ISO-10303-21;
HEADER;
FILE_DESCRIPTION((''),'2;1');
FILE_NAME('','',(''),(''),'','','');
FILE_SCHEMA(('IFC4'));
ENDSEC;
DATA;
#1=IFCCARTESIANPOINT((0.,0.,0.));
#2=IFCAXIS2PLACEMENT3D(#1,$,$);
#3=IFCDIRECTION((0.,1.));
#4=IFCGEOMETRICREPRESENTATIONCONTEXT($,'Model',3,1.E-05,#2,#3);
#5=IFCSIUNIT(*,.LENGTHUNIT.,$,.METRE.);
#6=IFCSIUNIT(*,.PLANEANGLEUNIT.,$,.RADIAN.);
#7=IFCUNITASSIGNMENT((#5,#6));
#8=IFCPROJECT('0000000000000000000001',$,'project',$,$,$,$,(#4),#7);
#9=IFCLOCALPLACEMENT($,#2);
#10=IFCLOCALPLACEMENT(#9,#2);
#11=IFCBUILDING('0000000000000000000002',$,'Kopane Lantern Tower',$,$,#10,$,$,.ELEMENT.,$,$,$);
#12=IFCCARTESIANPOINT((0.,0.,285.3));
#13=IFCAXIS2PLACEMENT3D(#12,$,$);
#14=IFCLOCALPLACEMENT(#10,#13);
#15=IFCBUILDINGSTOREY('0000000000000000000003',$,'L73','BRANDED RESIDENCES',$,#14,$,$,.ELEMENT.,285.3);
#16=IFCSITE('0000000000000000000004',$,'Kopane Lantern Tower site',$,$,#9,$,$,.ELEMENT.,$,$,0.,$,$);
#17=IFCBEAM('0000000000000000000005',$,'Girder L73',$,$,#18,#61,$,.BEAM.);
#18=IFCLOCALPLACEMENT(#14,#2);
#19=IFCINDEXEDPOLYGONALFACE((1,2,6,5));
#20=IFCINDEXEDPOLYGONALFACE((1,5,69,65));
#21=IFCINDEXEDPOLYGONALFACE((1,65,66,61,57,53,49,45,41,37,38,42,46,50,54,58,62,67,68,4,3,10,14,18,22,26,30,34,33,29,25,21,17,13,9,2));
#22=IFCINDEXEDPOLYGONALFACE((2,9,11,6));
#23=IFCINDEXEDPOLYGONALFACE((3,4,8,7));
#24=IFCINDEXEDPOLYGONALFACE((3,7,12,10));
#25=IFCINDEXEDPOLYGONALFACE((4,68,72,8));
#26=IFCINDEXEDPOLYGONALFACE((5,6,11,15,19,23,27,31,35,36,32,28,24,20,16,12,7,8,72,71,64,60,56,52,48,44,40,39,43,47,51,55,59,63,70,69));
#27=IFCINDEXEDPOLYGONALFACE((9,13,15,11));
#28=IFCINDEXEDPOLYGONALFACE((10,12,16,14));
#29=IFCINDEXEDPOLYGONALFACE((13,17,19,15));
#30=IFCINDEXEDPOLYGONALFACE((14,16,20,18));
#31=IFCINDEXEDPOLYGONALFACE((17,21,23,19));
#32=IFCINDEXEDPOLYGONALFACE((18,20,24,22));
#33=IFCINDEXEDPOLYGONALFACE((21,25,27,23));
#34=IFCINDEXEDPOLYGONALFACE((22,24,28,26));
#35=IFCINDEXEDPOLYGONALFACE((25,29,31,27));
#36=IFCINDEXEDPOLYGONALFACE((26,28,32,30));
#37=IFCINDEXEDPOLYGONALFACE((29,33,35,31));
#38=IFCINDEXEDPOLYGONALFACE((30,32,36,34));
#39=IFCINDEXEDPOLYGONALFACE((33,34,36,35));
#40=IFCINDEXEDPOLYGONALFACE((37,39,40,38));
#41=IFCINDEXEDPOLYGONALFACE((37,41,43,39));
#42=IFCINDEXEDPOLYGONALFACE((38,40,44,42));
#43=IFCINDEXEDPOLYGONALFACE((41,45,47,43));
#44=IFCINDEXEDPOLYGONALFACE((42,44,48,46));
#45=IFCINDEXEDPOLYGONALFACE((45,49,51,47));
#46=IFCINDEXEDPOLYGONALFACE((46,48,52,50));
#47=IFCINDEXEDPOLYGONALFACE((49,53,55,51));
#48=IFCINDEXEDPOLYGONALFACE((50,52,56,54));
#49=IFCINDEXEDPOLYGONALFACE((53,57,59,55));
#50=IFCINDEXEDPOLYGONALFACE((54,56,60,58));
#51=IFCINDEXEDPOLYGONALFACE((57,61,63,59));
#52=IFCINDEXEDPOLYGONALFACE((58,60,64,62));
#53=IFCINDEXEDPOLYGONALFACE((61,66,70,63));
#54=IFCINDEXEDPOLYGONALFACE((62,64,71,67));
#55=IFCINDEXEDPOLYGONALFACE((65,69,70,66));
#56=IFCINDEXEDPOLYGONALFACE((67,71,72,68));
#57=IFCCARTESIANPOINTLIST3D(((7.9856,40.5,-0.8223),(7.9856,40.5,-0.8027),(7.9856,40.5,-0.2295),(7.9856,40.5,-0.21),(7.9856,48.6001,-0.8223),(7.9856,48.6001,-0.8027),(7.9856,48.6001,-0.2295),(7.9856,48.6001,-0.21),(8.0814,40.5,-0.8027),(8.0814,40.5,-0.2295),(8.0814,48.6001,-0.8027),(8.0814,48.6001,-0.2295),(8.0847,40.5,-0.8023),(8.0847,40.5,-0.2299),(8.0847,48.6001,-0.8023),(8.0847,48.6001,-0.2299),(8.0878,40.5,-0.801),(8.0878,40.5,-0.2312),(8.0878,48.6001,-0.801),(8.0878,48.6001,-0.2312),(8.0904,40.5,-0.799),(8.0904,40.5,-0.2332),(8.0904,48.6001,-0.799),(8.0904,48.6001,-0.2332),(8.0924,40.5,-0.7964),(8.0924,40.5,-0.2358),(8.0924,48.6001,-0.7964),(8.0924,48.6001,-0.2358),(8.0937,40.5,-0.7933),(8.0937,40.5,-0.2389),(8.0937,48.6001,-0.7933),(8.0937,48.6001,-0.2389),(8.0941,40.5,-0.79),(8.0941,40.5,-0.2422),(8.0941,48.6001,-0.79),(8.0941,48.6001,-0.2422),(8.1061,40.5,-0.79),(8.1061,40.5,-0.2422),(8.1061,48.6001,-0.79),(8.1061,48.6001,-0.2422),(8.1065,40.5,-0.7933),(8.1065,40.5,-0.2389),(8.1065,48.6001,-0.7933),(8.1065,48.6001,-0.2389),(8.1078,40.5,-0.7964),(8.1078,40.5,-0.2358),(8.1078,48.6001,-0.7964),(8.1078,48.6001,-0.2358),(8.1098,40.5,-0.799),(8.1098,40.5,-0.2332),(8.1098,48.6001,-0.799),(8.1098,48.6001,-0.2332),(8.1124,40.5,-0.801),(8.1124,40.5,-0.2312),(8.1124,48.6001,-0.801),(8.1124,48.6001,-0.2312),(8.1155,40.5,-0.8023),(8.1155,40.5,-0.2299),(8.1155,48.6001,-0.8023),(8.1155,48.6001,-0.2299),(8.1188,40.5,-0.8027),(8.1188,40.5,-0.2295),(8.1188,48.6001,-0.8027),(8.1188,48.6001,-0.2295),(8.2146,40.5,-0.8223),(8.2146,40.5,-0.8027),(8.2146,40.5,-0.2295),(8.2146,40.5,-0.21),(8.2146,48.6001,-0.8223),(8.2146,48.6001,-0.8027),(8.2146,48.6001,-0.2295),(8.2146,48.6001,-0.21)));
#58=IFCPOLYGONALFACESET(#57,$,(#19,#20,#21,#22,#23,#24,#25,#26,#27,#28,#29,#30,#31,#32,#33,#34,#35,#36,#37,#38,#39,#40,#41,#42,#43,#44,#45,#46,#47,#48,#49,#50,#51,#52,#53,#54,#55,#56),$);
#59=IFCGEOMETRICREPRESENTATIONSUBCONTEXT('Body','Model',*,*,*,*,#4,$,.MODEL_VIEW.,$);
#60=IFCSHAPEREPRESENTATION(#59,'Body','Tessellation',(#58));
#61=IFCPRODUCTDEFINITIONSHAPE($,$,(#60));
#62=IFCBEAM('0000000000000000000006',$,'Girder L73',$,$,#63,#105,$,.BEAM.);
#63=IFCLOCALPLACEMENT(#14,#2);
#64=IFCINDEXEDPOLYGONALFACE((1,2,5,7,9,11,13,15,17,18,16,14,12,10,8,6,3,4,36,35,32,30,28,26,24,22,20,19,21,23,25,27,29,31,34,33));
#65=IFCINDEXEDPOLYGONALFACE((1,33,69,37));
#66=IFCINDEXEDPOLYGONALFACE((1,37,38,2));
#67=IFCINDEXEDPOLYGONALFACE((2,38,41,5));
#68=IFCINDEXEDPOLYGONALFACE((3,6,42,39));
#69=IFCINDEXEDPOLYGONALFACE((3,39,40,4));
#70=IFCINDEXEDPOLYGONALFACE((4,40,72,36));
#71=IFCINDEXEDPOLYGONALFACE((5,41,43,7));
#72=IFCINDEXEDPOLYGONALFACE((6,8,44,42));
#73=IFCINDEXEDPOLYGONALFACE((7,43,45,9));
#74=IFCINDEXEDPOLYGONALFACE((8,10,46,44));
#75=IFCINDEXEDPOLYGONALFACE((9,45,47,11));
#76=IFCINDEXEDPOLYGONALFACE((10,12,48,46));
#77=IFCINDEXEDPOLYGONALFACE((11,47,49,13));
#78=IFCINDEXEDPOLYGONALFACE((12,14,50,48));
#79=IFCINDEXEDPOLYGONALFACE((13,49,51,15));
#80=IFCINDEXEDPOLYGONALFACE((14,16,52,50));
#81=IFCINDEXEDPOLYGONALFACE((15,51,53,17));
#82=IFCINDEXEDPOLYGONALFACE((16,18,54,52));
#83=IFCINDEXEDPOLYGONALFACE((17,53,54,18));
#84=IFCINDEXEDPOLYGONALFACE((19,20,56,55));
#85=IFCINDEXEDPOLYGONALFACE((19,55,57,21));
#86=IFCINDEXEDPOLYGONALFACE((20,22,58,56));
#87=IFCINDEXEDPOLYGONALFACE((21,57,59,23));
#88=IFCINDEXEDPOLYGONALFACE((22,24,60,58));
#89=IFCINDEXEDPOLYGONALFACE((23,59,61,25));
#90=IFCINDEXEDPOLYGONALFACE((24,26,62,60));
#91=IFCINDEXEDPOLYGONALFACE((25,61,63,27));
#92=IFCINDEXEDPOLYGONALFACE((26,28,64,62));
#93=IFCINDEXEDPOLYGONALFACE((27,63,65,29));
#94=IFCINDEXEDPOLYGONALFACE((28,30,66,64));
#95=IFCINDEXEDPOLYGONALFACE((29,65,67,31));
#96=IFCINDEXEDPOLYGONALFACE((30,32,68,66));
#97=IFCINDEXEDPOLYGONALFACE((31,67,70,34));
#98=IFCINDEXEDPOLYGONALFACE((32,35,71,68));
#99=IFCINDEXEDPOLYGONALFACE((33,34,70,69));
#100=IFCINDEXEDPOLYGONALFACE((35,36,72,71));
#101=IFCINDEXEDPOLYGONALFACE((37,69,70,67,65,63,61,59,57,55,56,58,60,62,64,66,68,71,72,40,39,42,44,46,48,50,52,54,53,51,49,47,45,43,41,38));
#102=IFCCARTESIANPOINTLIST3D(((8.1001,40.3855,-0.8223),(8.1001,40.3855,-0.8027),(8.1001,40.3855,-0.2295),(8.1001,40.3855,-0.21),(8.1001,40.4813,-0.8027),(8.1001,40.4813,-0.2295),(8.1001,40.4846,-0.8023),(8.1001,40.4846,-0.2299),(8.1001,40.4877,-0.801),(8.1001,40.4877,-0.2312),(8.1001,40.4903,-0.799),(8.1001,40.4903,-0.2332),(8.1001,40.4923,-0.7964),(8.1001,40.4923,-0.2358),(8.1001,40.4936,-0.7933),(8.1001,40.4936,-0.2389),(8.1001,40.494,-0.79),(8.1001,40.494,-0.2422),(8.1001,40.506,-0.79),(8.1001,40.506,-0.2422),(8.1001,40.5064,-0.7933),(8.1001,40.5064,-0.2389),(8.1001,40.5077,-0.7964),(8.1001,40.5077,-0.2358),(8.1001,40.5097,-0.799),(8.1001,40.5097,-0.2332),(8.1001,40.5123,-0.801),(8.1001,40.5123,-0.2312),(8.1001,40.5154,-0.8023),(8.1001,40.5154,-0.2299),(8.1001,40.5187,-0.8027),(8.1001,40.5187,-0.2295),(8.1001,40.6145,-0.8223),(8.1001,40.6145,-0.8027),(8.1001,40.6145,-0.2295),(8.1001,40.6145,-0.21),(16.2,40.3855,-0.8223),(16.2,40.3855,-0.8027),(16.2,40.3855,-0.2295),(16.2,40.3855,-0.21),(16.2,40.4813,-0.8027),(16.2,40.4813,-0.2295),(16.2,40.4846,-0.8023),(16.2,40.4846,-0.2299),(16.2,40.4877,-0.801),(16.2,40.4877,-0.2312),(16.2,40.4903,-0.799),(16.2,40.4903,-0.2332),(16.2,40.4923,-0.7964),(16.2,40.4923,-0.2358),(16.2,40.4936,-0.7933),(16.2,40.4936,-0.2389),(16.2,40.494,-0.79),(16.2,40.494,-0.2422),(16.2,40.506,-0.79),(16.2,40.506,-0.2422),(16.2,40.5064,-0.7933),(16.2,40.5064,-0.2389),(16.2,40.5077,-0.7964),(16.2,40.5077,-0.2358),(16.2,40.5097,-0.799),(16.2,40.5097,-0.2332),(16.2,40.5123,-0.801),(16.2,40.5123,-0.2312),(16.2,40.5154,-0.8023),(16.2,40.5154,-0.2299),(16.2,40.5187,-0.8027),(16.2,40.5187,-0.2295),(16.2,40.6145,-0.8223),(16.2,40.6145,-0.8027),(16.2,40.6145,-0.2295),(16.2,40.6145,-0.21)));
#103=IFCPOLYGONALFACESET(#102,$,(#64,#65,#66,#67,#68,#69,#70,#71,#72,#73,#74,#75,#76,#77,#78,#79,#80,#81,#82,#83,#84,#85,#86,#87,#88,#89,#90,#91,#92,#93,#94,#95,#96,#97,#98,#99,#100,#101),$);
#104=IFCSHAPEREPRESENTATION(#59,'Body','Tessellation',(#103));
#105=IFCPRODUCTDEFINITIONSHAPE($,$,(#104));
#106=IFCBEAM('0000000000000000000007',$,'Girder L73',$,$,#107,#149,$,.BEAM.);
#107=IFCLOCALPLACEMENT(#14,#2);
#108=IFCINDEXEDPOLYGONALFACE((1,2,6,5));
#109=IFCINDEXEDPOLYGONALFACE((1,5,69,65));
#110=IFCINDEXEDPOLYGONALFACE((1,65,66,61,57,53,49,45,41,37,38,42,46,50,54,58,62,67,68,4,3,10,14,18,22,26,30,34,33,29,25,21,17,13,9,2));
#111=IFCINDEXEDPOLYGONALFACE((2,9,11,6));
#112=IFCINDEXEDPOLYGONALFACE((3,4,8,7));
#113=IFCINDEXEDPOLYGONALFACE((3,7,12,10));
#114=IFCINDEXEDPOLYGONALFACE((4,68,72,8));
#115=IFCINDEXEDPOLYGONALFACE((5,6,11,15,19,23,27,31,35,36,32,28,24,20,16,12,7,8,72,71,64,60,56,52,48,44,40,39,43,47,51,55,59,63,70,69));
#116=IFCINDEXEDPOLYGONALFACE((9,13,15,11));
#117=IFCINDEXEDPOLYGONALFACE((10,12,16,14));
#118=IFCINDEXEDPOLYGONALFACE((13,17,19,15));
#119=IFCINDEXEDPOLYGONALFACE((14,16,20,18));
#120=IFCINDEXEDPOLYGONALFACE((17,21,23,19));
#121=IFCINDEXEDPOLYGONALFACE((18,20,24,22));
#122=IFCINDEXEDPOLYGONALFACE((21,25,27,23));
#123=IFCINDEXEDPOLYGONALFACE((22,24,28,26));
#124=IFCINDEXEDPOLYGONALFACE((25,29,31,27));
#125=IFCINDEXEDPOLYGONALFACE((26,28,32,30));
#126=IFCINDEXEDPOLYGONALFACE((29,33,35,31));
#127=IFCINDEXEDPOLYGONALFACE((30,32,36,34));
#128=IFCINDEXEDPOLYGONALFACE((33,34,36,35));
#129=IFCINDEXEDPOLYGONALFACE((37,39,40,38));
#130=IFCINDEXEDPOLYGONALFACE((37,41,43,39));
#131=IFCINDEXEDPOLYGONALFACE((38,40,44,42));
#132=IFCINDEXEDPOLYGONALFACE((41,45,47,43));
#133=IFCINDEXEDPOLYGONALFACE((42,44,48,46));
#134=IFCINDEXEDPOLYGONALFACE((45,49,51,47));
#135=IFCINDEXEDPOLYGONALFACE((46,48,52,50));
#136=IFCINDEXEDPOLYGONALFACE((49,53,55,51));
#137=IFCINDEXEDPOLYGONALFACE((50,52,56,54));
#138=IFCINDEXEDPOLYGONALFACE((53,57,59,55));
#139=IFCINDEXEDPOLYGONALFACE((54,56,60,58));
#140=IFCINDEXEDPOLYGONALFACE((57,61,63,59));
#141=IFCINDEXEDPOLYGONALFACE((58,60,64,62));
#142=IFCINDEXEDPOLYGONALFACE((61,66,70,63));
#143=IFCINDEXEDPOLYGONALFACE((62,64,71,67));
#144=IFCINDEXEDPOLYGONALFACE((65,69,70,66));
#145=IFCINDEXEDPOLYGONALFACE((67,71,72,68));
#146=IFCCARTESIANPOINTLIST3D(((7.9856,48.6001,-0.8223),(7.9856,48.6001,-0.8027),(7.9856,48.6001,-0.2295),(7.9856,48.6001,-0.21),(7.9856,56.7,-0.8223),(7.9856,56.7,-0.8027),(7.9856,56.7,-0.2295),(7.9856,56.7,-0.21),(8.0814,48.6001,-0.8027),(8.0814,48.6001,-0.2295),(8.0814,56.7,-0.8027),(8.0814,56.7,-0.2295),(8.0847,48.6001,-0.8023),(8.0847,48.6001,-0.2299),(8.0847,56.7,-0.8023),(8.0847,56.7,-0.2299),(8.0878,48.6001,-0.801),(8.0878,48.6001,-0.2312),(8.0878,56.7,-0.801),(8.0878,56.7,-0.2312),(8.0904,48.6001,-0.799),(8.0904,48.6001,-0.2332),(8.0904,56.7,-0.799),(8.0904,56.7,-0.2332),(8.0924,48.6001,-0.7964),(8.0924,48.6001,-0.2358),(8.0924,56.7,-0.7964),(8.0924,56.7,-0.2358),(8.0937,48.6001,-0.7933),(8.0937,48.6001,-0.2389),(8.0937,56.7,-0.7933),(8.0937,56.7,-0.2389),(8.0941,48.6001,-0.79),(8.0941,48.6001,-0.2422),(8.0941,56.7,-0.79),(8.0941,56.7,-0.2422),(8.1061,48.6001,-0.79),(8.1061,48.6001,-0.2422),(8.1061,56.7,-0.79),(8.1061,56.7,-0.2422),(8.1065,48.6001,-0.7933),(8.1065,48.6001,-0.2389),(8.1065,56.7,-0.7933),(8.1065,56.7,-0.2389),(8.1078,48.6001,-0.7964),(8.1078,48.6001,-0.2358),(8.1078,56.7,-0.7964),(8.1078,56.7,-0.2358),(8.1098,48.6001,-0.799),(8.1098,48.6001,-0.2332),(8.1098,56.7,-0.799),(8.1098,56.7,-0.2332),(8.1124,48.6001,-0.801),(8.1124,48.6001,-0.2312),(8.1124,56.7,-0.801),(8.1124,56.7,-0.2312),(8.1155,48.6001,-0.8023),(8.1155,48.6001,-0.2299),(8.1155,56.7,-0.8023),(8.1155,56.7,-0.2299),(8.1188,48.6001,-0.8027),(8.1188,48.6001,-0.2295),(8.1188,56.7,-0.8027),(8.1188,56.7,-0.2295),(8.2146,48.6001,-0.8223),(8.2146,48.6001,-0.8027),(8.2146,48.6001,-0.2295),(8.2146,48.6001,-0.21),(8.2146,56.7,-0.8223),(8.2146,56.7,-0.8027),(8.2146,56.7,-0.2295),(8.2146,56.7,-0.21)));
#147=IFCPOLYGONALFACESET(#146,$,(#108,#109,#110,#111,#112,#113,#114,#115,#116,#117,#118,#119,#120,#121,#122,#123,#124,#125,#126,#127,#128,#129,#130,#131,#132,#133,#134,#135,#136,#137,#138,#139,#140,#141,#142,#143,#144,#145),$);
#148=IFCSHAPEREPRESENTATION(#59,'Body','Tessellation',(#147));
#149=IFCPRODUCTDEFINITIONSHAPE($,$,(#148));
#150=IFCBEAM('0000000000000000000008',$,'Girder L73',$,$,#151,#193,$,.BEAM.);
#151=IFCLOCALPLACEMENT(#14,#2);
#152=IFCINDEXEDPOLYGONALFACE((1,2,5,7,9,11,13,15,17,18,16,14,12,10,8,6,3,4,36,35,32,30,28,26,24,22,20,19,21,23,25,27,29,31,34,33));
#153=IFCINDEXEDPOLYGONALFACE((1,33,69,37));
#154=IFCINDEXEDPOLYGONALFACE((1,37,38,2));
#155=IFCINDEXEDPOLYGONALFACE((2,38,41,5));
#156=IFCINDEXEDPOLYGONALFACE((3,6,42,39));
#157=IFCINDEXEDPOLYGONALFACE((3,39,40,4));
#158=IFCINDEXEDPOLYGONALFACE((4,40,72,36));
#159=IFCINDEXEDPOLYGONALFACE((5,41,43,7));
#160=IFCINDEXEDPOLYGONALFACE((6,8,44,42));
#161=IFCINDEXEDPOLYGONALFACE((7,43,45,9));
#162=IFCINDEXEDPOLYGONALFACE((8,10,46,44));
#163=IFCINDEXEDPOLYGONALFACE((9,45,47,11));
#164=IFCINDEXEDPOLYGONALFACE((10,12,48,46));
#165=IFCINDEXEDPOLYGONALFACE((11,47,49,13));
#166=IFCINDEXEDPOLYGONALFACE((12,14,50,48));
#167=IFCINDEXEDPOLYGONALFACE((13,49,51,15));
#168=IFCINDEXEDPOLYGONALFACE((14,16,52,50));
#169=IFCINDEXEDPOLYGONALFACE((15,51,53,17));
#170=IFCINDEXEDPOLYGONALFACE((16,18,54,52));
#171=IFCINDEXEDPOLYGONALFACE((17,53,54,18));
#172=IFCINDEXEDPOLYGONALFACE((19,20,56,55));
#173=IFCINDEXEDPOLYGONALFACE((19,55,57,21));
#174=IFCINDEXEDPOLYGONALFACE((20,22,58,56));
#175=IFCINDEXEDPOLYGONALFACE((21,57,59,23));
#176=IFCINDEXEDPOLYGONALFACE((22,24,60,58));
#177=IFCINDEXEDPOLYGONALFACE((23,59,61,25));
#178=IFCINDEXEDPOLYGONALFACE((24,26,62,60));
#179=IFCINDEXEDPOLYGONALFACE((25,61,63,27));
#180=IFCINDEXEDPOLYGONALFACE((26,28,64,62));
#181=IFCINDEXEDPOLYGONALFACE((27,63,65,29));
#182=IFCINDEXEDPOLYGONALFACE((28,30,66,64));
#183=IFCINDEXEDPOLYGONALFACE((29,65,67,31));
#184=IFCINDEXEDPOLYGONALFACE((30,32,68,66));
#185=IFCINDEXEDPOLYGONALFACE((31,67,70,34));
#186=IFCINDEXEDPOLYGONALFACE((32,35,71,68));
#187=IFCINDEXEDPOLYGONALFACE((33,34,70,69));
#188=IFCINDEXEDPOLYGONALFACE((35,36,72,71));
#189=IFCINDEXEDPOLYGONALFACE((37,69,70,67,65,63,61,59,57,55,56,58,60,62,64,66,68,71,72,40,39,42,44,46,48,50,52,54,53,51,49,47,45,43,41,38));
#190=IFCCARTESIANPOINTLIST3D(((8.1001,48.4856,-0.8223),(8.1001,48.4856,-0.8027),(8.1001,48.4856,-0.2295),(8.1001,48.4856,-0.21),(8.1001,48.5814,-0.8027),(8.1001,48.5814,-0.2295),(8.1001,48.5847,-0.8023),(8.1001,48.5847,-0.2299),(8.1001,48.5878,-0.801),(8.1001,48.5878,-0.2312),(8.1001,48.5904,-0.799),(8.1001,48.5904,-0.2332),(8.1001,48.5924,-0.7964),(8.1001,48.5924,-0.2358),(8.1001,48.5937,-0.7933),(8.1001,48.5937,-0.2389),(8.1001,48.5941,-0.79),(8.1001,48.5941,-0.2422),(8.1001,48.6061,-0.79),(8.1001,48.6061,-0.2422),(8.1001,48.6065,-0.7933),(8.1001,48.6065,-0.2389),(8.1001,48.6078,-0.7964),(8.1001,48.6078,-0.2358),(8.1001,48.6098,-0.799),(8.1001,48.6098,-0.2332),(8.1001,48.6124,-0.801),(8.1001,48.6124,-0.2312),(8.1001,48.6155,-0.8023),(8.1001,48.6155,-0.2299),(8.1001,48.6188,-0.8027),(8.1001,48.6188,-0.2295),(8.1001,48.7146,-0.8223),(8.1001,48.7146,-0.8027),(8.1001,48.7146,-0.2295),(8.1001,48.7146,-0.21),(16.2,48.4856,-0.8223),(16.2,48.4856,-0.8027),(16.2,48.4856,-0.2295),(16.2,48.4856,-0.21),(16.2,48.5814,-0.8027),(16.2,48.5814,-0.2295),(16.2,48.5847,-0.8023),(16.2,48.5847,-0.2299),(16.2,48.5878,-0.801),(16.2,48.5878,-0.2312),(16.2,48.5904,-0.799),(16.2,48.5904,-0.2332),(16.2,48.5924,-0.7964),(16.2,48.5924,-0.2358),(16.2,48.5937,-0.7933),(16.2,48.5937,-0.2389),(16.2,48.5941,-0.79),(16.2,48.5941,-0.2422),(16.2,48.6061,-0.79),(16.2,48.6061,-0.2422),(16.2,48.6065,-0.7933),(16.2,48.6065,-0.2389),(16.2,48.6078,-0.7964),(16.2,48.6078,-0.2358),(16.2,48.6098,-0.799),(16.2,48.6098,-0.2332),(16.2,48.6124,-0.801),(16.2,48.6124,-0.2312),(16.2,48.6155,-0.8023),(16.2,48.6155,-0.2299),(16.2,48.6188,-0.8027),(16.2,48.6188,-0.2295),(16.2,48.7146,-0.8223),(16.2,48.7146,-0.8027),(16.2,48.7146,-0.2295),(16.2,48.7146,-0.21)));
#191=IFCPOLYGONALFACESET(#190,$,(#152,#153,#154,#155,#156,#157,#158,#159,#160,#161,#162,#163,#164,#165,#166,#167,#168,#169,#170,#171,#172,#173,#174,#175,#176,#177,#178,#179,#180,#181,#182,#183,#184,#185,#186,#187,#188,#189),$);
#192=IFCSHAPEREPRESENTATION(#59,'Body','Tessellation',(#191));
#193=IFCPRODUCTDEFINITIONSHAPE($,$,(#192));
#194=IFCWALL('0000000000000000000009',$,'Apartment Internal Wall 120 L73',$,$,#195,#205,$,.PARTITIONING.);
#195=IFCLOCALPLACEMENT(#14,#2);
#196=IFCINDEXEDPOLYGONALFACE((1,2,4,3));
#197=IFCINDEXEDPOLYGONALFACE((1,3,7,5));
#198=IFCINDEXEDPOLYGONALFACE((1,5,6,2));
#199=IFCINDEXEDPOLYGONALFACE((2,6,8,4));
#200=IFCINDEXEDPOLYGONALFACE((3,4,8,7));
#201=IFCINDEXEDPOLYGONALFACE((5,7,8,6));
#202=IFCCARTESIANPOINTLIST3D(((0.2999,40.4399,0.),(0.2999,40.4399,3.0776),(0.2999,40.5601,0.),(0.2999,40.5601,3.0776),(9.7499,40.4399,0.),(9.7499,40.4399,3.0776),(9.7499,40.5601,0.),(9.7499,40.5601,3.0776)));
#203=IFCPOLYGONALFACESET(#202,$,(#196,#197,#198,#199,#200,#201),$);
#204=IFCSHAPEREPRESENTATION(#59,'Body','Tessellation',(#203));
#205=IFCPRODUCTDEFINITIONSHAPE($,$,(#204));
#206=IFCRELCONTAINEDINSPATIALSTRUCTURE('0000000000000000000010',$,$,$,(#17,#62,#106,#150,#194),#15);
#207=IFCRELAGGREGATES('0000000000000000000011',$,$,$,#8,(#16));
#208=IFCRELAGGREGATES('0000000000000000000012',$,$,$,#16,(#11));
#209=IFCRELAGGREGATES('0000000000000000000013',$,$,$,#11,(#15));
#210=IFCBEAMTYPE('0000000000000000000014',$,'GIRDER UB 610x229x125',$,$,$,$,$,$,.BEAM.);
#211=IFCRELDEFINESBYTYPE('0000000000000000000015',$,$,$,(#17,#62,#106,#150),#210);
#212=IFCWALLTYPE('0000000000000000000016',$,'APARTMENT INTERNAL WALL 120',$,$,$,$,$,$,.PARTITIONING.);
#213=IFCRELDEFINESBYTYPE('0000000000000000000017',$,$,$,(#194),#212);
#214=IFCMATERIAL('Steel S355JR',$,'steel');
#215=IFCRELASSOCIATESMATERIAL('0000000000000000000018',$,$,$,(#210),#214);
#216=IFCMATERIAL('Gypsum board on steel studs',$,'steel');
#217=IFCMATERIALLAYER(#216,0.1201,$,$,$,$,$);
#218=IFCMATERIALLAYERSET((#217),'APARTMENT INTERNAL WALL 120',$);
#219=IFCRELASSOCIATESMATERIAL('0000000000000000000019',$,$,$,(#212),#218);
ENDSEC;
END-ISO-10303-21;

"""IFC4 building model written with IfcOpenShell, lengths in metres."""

from ifc_helpers import new_model, si_unit, direction, frame, frame_2d, origin, origin_2d, place, context, subcontext, project, spatial, rectangle, i_section, extrude, material, layer, layer_set, material_profile, profile_set, type_object, element, save


model = new_model("IFC4")

# Units and contexts
model_context = context("Model", 3, precision=1e-05, world=origin(), true_north=direction((0.0, 1.0)))
body_context = subcontext(model_context, "Body", "Model", "MODEL_VIEW")
ifc_project = project(units=[si_unit("LENGTHUNIT", "METRE"), si_unit("PLANEANGLEUNIT", "RADIAN")], contexts=[model_context])

# Site, building, storey
site_placement = place(None, origin())
site = spatial("IfcSite", under=ifc_project, at=site_placement, Name="Kopane Lantern Tower site", CompositionType="ELEMENT", RefElevation=0.0)
building_placement = place(site_placement, origin())
building = spatial("IfcBuilding", under=site, at=building_placement, Name="Kopane Lantern Tower", CompositionType="ELEMENT")
storey_placement = place(building_placement, frame((0.0, 0.0, 285.3)))
storey = spatial("IfcBuildingStorey", under=building, at=storey_placement, Name="L73", Description="BRANDED RESIDENCES", CompositionType="ELEMENT", Elevation=285.3)

# Beams
ifc_material_1 = material(Name="Steel S355JR", Category="steel")
ifc_material_profile_1 = material_profile(ifc_material_1, i_section(OverallWidth=0.229, OverallDepth=0.6123, WebThickness=0.012, FlangeThickness=0.0195, FilletRadius=0.0127, at=origin_2d()), Name="UB 610x229x125")
ifc_profile_set_1 = profile_set([ifc_material_profile_1], Name="Steel S355JR")
beam_type = type_object("IfcBeamType", Name="GIRDER UB 610x229x125", PredefinedType="BEAM", material=ifc_profile_set_1)
for number, where, z_axis, x_axis, name in (
    (1, (8.1001, 40.5, -0.5161), (0.0, 1.0, 0.0), (-1.0, 0.0, 0.0), "Girder L73"),
):
    element("IfcBeam", number, at=place(storey_placement, frame(where, z_axis=z_axis, x_axis=x_axis)), inside=storey, type_object=beam_type, Name=name, PredefinedType="BEAM", context=body_context, shape_type="SweptSolid", body=[
        extrude(i_section(OverallWidth=0.229, OverallDepth=0.6123, WebThickness=0.012, FlangeThickness=0.0195, FilletRadius=0.0127, at=origin_2d()), origin(), (0.0, 0.0, 1.0), 8.1001),
    ])
for number, where, z_axis, x_axis, name in (
    (2, (8.1001, 40.5, -0.5161), (1.0, 0.0, 0.0), (0.0, 1.0, 0.0), "Girder L73"),
    (3, (8.1001, 48.6001, -0.5161), (0.0, 1.0, 0.0), (-1.0, 0.0, 0.0), "Girder L73"),
    (4, (8.1001, 48.6001, -0.5161), (1.0, 0.0, 0.0), (0.0, 1.0, 0.0), "Girder L73"),
):
    element("IfcBeam", number, at=place(storey_placement, frame(where, z_axis=z_axis, x_axis=x_axis)), inside=storey, type_object=beam_type, Name=name, PredefinedType="BEAM", context=body_context, shape_type="SweptSolid", body=[
        extrude(i_section(OverallWidth=0.229, OverallDepth=0.6123, WebThickness=0.012, FlangeThickness=0.0195, FilletRadius=0.0127, at=origin_2d()), origin(), (0.0, 0.0, 1.0), 8.0999),
    ])

# Wall
ifc_material_2 = material(Name="Gypsum board on steel studs", Category="steel")
ifc_layer_1 = layer(ifc_material_2, 0.1201)
ifc_layer_set_1 = layer_set([ifc_layer_1], Name="APARTMENT INTERNAL WALL 120")
wall_type_1 = type_object("IfcWallType", Name="APARTMENT INTERNAL WALL 120", PredefinedType="PARTITIONING", material=ifc_layer_set_1)
wall_1_placement = place(storey_placement, frame((9.75, 40.5, 0.0), z_axis=(0.0, 0.0, 1.0), x_axis=(-1.0, 0.0, 0.0)))
element("IfcWall", 5, at=wall_1_placement, inside=storey, type_object=wall_type_1, Name="Apartment Internal Wall 120 L73", PredefinedType="PARTITIONING", context=body_context, shape_type="SweptSolid", body=[
    extrude(rectangle(XDim=9.45, YDim=0.1201, at=frame_2d((4.7251, 0.0))), origin(), (0.0, 0.0, 1.0), 3.0776),
])

save(model, "model.ifc")
